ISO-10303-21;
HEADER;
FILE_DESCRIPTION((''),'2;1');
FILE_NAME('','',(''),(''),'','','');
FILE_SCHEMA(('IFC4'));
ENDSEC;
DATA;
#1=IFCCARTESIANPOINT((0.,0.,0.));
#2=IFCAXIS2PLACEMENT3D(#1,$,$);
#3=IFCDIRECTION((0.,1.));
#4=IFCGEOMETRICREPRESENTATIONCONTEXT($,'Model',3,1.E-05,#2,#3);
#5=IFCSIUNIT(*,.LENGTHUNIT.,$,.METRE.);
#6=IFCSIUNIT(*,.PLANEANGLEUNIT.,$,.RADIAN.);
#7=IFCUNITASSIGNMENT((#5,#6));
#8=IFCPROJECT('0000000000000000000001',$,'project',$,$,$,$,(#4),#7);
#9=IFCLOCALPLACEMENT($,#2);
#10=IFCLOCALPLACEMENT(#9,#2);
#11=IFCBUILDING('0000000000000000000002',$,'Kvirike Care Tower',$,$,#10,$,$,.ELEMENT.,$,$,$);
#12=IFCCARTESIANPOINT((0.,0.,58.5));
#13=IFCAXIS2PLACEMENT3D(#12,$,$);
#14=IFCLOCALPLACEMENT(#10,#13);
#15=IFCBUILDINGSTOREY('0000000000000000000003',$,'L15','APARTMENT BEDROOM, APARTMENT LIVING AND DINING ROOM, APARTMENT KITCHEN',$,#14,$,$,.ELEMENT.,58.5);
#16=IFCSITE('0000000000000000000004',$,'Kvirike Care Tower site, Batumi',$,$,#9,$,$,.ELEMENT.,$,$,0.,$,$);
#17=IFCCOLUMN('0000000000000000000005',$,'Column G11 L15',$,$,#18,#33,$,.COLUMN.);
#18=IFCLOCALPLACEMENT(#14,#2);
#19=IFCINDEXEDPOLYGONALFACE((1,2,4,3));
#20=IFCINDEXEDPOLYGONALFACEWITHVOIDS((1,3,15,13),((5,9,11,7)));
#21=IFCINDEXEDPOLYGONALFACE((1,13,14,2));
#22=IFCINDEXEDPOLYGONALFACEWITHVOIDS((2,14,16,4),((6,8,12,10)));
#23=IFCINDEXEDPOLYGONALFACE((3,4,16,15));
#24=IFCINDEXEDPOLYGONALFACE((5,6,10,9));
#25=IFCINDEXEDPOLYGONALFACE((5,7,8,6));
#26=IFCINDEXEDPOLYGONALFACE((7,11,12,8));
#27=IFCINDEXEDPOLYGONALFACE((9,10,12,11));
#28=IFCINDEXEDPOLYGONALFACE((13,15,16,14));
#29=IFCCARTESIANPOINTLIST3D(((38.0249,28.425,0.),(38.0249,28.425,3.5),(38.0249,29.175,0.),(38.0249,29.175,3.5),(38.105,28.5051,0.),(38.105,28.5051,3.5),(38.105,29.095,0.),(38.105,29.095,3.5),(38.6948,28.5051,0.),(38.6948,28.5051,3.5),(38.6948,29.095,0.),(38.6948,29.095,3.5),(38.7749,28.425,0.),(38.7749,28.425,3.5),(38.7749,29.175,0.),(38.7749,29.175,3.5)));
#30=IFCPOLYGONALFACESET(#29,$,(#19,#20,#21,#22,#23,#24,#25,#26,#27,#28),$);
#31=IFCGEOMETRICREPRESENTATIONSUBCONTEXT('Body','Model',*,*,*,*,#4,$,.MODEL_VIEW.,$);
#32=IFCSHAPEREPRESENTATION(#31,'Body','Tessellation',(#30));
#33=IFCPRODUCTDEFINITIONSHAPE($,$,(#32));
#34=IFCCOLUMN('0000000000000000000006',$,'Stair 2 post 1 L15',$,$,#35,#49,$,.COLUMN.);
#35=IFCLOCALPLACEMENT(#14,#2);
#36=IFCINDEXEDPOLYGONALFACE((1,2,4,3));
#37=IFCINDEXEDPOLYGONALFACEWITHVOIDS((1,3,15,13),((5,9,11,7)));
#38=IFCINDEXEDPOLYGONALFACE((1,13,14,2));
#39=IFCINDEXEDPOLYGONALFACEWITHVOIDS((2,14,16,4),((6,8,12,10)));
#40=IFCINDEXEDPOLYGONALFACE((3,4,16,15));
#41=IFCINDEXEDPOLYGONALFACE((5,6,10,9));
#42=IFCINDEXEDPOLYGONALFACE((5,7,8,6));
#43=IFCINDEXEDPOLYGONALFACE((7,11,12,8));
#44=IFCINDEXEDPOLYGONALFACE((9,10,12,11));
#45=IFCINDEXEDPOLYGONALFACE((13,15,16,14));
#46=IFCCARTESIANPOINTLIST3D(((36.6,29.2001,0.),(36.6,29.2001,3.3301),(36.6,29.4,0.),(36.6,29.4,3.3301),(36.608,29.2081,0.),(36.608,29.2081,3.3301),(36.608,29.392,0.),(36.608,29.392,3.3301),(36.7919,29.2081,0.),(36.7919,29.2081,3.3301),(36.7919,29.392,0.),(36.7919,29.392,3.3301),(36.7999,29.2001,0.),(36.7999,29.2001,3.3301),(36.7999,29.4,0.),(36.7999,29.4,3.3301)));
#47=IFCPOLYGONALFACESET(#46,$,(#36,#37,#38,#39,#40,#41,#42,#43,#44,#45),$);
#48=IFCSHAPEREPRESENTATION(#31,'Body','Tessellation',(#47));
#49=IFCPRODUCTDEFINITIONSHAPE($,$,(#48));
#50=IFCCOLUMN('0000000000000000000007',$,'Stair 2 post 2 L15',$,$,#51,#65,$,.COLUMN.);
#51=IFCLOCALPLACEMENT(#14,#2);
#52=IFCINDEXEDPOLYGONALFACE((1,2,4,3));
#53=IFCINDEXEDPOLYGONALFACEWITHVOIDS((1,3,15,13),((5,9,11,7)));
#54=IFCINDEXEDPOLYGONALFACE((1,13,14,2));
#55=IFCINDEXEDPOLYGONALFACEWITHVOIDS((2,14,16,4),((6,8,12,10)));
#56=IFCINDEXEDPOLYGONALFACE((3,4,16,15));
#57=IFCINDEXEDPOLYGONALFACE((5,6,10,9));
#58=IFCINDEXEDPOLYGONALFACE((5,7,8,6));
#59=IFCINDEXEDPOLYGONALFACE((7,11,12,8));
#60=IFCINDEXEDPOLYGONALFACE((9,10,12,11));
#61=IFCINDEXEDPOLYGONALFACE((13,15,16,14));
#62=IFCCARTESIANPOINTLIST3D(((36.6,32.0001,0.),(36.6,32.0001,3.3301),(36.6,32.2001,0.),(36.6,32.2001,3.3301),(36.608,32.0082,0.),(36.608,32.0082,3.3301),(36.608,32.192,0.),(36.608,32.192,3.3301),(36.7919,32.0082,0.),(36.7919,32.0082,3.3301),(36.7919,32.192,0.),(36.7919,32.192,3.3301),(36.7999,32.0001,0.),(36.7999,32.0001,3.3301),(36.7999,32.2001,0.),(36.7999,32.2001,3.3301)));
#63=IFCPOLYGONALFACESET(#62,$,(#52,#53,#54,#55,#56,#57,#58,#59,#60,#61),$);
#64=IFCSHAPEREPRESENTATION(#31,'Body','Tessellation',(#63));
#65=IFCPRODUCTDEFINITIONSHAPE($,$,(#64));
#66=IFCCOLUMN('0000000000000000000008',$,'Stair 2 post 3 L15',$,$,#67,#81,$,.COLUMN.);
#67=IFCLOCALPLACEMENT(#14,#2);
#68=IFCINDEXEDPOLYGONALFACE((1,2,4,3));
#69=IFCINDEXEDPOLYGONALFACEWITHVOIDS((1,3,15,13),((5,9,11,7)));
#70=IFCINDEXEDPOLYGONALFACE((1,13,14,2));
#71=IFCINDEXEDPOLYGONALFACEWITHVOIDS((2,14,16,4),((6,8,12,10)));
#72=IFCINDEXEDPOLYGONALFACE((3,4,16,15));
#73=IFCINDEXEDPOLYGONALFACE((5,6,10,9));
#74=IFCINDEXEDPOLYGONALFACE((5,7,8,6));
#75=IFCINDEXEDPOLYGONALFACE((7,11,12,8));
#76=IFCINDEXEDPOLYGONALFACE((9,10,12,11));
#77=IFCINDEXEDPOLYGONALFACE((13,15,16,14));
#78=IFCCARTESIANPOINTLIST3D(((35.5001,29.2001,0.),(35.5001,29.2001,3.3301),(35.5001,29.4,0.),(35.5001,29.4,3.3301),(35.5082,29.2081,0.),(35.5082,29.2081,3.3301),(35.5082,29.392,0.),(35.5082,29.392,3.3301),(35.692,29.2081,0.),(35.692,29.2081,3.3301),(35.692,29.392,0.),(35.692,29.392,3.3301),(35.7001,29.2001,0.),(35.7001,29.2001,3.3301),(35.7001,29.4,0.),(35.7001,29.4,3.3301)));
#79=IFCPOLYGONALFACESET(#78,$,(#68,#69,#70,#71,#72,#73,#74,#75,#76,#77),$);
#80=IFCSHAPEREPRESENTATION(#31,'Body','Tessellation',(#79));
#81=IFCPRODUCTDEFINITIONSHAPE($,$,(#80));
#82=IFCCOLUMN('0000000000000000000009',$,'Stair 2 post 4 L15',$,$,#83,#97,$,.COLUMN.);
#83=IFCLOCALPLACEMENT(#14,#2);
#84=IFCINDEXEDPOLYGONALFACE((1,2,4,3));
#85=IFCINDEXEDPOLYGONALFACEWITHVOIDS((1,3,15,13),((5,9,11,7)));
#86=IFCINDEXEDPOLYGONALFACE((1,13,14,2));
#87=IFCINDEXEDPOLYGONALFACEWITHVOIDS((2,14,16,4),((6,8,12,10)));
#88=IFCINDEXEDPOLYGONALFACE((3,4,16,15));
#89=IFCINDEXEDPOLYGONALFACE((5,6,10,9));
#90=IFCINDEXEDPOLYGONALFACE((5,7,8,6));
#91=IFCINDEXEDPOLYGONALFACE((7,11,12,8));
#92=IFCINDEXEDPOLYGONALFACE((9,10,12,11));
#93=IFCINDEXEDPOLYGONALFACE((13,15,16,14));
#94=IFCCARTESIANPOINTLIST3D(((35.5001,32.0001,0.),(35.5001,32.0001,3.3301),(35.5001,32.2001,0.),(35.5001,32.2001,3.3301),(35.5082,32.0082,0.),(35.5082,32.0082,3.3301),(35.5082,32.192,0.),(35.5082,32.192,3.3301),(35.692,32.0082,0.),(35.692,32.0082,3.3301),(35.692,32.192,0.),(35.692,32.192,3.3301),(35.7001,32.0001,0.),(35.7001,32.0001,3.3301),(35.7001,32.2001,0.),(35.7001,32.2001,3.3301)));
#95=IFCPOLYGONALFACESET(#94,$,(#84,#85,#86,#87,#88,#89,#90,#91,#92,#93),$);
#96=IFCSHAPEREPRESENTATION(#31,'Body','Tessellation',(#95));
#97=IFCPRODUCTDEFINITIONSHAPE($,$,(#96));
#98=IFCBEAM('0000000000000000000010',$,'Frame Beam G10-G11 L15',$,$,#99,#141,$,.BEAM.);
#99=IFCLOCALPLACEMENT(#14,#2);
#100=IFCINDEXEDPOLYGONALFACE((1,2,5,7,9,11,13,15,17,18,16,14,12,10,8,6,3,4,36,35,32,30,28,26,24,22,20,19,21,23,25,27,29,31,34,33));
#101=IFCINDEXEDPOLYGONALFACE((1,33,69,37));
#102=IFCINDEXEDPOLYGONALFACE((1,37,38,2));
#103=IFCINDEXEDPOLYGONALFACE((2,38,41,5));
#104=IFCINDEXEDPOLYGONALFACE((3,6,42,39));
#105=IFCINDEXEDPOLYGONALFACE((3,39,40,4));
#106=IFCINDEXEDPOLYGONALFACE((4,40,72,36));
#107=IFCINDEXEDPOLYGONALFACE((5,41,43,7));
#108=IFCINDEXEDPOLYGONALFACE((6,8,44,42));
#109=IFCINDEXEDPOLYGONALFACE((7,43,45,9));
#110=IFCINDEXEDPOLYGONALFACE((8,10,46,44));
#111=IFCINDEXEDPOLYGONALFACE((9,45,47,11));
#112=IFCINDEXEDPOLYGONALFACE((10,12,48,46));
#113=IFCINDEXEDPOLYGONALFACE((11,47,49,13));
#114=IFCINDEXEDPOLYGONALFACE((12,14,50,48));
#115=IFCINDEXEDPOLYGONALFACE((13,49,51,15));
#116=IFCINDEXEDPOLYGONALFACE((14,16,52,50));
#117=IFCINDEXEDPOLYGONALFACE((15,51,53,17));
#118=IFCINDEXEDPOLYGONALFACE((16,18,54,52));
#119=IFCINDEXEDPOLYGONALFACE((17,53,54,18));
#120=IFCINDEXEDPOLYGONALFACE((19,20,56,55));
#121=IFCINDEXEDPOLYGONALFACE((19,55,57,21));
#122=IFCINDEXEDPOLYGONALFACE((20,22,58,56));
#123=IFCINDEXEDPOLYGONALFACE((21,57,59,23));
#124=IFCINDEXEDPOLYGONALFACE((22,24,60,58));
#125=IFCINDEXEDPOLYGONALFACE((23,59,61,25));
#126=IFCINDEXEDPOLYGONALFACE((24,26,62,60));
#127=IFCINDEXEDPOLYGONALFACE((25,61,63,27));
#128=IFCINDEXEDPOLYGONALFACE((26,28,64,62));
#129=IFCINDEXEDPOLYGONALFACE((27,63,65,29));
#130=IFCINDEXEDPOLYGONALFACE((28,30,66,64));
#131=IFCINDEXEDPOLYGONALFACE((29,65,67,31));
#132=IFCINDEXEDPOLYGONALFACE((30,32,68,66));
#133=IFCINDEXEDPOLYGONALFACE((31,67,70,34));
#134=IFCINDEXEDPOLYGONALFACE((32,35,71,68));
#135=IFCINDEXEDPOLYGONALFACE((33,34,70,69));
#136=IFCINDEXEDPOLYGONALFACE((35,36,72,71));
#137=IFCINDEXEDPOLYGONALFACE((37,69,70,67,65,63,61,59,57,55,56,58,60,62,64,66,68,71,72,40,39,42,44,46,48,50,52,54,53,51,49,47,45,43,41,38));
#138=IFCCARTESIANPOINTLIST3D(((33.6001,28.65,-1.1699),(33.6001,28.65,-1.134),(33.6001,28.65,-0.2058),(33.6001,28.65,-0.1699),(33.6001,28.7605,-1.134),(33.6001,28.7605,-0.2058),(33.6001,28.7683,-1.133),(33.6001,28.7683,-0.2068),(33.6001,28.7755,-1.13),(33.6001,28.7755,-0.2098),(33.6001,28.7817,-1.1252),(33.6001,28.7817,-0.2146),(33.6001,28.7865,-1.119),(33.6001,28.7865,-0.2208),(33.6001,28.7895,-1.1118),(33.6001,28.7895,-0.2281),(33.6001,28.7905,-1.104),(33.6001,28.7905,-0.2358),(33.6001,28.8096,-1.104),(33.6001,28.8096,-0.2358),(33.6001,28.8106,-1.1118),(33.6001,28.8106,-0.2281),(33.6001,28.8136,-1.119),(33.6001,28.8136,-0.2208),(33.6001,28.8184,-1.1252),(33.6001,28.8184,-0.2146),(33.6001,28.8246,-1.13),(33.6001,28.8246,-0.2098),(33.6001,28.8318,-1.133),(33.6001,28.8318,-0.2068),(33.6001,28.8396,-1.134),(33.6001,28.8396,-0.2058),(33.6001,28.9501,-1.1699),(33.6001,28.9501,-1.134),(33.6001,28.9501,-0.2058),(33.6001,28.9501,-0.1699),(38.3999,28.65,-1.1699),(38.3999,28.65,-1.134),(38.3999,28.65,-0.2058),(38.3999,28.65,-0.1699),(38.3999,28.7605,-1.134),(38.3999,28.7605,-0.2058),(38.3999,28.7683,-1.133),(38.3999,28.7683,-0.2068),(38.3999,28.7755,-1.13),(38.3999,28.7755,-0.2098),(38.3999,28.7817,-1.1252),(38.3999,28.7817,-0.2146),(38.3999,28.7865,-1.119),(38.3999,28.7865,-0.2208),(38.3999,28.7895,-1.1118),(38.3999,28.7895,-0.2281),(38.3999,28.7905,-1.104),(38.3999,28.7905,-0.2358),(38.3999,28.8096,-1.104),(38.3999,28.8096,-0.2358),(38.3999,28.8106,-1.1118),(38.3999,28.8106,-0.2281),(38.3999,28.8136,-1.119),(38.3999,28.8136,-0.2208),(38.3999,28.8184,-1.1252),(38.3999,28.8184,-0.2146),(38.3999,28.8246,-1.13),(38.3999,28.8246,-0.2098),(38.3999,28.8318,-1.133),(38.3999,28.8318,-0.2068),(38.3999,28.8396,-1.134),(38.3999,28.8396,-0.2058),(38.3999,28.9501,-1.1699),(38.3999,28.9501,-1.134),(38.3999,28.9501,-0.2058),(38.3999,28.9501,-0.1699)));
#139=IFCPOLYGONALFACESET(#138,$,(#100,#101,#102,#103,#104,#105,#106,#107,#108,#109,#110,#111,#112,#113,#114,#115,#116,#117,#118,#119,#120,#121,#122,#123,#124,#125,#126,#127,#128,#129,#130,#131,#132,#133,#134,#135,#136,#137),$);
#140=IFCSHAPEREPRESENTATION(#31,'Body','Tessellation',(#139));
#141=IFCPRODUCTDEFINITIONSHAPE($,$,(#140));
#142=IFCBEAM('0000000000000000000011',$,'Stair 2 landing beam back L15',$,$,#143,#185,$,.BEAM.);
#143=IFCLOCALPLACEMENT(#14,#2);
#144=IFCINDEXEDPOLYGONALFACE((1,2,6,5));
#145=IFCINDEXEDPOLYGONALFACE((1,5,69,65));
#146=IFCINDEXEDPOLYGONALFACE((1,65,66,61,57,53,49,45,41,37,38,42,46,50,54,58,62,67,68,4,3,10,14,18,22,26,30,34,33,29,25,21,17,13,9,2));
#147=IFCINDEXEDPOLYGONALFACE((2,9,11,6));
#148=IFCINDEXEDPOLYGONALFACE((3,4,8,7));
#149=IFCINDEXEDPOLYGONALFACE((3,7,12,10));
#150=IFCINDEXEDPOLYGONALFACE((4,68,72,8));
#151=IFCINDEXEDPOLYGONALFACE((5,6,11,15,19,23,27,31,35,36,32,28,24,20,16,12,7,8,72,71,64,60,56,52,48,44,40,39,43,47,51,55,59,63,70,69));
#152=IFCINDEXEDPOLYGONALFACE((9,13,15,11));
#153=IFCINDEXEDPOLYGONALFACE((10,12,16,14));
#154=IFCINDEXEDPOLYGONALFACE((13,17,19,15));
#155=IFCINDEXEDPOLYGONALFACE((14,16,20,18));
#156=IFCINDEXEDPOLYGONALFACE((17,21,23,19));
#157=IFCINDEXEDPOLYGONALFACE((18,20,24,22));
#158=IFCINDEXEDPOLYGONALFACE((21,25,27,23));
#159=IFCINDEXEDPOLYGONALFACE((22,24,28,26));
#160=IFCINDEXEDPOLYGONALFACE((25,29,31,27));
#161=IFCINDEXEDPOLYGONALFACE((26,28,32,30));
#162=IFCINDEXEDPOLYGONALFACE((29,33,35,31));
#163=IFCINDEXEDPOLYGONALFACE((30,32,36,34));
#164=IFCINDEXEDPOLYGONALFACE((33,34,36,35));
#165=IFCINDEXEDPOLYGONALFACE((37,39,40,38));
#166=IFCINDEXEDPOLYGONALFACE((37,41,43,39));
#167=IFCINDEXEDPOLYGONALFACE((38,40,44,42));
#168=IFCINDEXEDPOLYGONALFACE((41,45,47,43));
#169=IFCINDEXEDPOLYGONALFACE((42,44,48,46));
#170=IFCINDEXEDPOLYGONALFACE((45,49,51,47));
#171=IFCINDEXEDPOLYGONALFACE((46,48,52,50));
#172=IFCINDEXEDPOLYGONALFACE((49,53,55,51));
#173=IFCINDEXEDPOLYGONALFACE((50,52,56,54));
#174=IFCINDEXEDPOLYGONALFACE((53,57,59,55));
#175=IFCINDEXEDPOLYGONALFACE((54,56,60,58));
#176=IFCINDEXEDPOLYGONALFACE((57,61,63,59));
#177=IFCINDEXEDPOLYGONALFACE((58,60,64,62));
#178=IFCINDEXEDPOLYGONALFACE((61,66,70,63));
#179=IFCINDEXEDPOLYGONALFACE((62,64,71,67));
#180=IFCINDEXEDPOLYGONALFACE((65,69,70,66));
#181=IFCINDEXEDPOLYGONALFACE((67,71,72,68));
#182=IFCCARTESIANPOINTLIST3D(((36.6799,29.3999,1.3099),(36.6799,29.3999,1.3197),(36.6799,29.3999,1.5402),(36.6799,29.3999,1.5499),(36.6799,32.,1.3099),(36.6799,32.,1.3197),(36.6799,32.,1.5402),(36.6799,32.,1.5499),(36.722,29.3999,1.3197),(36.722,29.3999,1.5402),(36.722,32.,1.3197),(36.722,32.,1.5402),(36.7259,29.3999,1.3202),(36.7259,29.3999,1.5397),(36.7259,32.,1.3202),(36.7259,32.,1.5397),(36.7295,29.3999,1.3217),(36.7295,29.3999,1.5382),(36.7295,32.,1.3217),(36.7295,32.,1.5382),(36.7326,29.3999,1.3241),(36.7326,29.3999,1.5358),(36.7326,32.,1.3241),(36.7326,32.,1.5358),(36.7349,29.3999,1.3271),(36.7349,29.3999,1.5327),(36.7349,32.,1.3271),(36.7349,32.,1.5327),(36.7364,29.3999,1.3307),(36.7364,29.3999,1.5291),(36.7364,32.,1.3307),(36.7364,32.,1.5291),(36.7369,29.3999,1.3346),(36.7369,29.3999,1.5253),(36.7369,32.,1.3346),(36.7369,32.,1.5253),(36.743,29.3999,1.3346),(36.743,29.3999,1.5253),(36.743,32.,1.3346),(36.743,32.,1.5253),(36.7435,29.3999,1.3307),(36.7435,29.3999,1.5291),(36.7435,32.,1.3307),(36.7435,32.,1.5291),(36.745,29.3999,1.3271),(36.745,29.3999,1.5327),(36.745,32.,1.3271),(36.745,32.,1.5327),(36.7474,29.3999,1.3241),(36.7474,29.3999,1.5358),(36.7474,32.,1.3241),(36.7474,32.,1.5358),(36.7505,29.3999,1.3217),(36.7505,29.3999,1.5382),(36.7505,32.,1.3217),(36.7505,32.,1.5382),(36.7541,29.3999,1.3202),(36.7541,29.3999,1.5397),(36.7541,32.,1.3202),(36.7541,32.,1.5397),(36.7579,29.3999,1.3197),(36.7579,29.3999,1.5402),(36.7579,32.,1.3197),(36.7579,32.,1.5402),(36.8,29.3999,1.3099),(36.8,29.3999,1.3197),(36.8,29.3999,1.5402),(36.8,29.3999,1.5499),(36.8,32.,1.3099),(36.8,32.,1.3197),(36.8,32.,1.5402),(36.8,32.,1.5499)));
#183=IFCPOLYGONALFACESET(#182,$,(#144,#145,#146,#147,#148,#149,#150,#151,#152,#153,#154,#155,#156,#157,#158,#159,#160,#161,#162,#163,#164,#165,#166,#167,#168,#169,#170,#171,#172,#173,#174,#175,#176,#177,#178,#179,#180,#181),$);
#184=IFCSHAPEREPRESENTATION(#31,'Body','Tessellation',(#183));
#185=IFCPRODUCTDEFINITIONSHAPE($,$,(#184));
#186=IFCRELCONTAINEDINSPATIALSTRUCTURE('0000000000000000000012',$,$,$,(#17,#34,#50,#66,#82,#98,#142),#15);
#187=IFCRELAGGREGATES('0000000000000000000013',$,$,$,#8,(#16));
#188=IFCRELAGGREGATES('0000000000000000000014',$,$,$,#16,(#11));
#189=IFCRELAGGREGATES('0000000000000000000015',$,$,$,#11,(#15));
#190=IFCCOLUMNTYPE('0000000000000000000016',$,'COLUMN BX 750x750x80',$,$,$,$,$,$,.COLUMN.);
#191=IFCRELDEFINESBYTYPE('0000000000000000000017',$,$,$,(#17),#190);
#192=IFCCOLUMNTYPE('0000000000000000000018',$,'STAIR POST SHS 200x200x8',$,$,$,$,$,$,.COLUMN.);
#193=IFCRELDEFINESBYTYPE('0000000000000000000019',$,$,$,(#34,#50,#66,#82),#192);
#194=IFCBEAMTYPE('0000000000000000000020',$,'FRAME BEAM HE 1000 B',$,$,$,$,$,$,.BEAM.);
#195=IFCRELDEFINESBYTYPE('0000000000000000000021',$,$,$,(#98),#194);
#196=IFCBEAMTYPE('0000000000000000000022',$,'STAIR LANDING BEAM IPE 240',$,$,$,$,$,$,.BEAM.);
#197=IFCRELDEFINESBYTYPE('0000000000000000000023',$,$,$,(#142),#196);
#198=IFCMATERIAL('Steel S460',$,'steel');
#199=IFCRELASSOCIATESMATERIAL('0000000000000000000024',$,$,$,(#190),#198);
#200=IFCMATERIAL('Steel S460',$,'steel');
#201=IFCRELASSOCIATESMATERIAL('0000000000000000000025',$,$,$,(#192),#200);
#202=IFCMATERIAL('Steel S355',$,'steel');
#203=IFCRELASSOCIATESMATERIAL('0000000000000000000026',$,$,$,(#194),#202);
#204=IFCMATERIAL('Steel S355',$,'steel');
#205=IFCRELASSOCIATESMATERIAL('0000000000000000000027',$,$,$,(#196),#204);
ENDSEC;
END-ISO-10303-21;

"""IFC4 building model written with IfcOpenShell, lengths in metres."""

from ifc_helpers import new_model, si_unit, direction, frame, origin, origin_2d, place, context, subcontext, project, spatial, hollow_rectangle, i_section, extrude, material, material_profile, profile_set, type_object, element, save


model = new_model("IFC4")

# Units and contexts
model_context = context("Model", 3, precision=1e-05, world=origin(), true_north=direction((0.0, 1.0)))
body_context = subcontext(model_context, "Body", "Model", "MODEL_VIEW")
ifc_project = project(units=[si_unit("LENGTHUNIT", "METRE"), si_unit("PLANEANGLEUNIT", "RADIAN")], contexts=[model_context])

# Site, building, storey
site_placement = place(None, origin())
site = spatial("IfcSite", under=ifc_project, at=site_placement, Name="Kvirike Care Tower site, Batumi", CompositionType="ELEMENT", RefElevation=0.0)
building_placement = place(site_placement, origin())
building = spatial("IfcBuilding", under=site, at=building_placement, Name="Kvirike Care Tower", CompositionType="ELEMENT")
storey_placement = place(building_placement, frame((0.0, 0.0, 58.5)))
storey = spatial("IfcBuildingStorey", under=building, at=storey_placement, Name="L15", Description="APARTMENT BEDROOM, APARTMENT LIVING AND DINING ROOM, APARTMENT KITCHEN", CompositionType="ELEMENT", Elevation=58.5)

# Columns
ifc_material_1 = material(Name="Steel S460", Category="steel")
ifc_material_profile_1 = material_profile(ifc_material_1, hollow_rectangle(XDim=0.75, YDim=0.75, WallThickness=0.0801, at=origin_2d()), Name="BX 750x750x80")
ifc_profile_set_1 = profile_set([ifc_material_profile_1], Name="Steel S460")
column_type_1 = type_object("IfcColumnType", Name="COLUMN BX 750x750x80", PredefinedType="COLUMN", material=ifc_profile_set_1)
column_placement = place(storey_placement, frame((38.3999, 28.8, 0.0), z_axis=(0.0, 0.0, 1.0), x_axis=(0.0, 1.0, 0.0)))
element("IfcColumn", 1, at=column_placement, inside=storey, type_object=column_type_1, Name="Column G11 L15", PredefinedType="COLUMN", context=body_context, shape_type="SweptSolid", body=[
    extrude(hollow_rectangle(XDim=0.75, YDim=0.75, WallThickness=0.0801, at=origin_2d()), origin(), (0.0, 0.0, 1.0), 3.5),
])
ifc_material_2 = material(Name="Steel S460", Category="steel")
ifc_material_profile_2 = material_profile(ifc_material_2, hollow_rectangle(XDim=0.2, YDim=0.2, WallThickness=0.0081, at=origin_2d()), Name="SHS 200x200x8")
ifc_profile_set_2 = profile_set([ifc_material_profile_2], Name="Steel S460")
column_type_2 = type_object("IfcColumnType", Name="STAIR POST SHS 200x200x8", PredefinedType="COLUMN", material=ifc_profile_set_2)
for number, where, z_axis, x_axis, name in (
    (2, (36.7, 29.3, 0.0), (0.0, 0.0, 1.0), (1.0, 0.0, 0.0), "Stair 2 post 1 L15"),
    (3, (36.7, 32.1001, 0.0), (0.0, 0.0, 1.0), (1.0, 0.0, 0.0), "Stair 2 post 2 L15"),
    (4, (35.6001, 29.3, 0.0), (0.0, 0.0, 1.0), (1.0, 0.0, 0.0), "Stair 2 post 3 L15"),
    (5, (35.6001, 32.1001, 0.0), (0.0, 0.0, 1.0), (1.0, 0.0, 0.0), "Stair 2 post 4 L15"),
):
    element("IfcColumn", number, at=place(storey_placement, frame(where, z_axis=z_axis, x_axis=x_axis)), inside=storey, type_object=column_type_2, Name=name, PredefinedType="COLUMN", context=body_context, shape_type="SweptSolid", body=[
        extrude(hollow_rectangle(XDim=0.2, YDim=0.2, WallThickness=0.0081, at=origin_2d()), origin(), (0.0, 0.0, 1.0), 3.3301),
    ])

# Beams
ifc_material_3 = material(Name="Steel S355", Category="steel")
ifc_material_profile_3 = material_profile(ifc_material_3, i_section(OverallWidth=0.3, OverallDepth=1.0, WebThickness=0.019, FlangeThickness=0.0359, FilletRadius=0.03, at=origin_2d()), Name="HE 1000 B")
ifc_profile_set_3 = profile_set([ifc_material_profile_3], Name="Steel S355")
beam_type_1 = type_object("IfcBeamType", Name="FRAME BEAM HE 1000 B", PredefinedType="BEAM", material=ifc_profile_set_3)
beam_placement = place(storey_placement, frame((33.6001, 28.8, -0.6699), z_axis=(1.0, 0.0, 0.0), x_axis=(0.0, 1.0, 0.0)))
element("IfcBeam", 6, at=beam_placement, inside=storey, type_object=beam_type_1, Name="Frame Beam G10-G11 L15", PredefinedType="BEAM", context=body_context, shape_type="SweptSolid", body=[
    extrude(i_section(OverallWidth=0.3, OverallDepth=1.0, WebThickness=0.019, FlangeThickness=0.0359, FilletRadius=0.03, at=origin_2d()), origin(), (0.0, 0.0, 1.0), 4.7998),
])
ifc_material_4 = material(Name="Steel S355", Category="steel")
ifc_material_profile_4 = material_profile(ifc_material_4, i_section(OverallWidth=0.1201, OverallDepth=0.24, WebThickness=0.0061, FlangeThickness=0.0098, FilletRadius=0.0149, at=origin_2d()), Name="IPE 240")
ifc_profile_set_4 = profile_set([ifc_material_profile_4], Name="Steel S355")
beam_type_2 = type_object("IfcBeamType", Name="STAIR LANDING BEAM IPE 240", PredefinedType="BEAM", material=ifc_profile_set_4)
for number, where, z_axis, x_axis, name in (
    (7, (36.74, 29.3999, 1.4299), (0.0, 1.0, 0.0), (-1.0, 0.0, 0.0), "Stair 2 landing beam back L15"),
):
    element("IfcBeam", number, at=place(storey_placement, frame(where, z_axis=z_axis, x_axis=x_axis)), inside=storey, type_object=beam_type_2, Name=name, PredefinedType="BEAM", context=body_context, shape_type="SweptSolid", body=[
        extrude(i_section(OverallWidth=0.1201, OverallDepth=0.24, WebThickness=0.0061, FlangeThickness=0.0098, FilletRadius=0.0149, at=origin_2d()), origin(), (0.0, 0.0, 1.0), 2.6001),
    ])

save(model, "model.ifc")
